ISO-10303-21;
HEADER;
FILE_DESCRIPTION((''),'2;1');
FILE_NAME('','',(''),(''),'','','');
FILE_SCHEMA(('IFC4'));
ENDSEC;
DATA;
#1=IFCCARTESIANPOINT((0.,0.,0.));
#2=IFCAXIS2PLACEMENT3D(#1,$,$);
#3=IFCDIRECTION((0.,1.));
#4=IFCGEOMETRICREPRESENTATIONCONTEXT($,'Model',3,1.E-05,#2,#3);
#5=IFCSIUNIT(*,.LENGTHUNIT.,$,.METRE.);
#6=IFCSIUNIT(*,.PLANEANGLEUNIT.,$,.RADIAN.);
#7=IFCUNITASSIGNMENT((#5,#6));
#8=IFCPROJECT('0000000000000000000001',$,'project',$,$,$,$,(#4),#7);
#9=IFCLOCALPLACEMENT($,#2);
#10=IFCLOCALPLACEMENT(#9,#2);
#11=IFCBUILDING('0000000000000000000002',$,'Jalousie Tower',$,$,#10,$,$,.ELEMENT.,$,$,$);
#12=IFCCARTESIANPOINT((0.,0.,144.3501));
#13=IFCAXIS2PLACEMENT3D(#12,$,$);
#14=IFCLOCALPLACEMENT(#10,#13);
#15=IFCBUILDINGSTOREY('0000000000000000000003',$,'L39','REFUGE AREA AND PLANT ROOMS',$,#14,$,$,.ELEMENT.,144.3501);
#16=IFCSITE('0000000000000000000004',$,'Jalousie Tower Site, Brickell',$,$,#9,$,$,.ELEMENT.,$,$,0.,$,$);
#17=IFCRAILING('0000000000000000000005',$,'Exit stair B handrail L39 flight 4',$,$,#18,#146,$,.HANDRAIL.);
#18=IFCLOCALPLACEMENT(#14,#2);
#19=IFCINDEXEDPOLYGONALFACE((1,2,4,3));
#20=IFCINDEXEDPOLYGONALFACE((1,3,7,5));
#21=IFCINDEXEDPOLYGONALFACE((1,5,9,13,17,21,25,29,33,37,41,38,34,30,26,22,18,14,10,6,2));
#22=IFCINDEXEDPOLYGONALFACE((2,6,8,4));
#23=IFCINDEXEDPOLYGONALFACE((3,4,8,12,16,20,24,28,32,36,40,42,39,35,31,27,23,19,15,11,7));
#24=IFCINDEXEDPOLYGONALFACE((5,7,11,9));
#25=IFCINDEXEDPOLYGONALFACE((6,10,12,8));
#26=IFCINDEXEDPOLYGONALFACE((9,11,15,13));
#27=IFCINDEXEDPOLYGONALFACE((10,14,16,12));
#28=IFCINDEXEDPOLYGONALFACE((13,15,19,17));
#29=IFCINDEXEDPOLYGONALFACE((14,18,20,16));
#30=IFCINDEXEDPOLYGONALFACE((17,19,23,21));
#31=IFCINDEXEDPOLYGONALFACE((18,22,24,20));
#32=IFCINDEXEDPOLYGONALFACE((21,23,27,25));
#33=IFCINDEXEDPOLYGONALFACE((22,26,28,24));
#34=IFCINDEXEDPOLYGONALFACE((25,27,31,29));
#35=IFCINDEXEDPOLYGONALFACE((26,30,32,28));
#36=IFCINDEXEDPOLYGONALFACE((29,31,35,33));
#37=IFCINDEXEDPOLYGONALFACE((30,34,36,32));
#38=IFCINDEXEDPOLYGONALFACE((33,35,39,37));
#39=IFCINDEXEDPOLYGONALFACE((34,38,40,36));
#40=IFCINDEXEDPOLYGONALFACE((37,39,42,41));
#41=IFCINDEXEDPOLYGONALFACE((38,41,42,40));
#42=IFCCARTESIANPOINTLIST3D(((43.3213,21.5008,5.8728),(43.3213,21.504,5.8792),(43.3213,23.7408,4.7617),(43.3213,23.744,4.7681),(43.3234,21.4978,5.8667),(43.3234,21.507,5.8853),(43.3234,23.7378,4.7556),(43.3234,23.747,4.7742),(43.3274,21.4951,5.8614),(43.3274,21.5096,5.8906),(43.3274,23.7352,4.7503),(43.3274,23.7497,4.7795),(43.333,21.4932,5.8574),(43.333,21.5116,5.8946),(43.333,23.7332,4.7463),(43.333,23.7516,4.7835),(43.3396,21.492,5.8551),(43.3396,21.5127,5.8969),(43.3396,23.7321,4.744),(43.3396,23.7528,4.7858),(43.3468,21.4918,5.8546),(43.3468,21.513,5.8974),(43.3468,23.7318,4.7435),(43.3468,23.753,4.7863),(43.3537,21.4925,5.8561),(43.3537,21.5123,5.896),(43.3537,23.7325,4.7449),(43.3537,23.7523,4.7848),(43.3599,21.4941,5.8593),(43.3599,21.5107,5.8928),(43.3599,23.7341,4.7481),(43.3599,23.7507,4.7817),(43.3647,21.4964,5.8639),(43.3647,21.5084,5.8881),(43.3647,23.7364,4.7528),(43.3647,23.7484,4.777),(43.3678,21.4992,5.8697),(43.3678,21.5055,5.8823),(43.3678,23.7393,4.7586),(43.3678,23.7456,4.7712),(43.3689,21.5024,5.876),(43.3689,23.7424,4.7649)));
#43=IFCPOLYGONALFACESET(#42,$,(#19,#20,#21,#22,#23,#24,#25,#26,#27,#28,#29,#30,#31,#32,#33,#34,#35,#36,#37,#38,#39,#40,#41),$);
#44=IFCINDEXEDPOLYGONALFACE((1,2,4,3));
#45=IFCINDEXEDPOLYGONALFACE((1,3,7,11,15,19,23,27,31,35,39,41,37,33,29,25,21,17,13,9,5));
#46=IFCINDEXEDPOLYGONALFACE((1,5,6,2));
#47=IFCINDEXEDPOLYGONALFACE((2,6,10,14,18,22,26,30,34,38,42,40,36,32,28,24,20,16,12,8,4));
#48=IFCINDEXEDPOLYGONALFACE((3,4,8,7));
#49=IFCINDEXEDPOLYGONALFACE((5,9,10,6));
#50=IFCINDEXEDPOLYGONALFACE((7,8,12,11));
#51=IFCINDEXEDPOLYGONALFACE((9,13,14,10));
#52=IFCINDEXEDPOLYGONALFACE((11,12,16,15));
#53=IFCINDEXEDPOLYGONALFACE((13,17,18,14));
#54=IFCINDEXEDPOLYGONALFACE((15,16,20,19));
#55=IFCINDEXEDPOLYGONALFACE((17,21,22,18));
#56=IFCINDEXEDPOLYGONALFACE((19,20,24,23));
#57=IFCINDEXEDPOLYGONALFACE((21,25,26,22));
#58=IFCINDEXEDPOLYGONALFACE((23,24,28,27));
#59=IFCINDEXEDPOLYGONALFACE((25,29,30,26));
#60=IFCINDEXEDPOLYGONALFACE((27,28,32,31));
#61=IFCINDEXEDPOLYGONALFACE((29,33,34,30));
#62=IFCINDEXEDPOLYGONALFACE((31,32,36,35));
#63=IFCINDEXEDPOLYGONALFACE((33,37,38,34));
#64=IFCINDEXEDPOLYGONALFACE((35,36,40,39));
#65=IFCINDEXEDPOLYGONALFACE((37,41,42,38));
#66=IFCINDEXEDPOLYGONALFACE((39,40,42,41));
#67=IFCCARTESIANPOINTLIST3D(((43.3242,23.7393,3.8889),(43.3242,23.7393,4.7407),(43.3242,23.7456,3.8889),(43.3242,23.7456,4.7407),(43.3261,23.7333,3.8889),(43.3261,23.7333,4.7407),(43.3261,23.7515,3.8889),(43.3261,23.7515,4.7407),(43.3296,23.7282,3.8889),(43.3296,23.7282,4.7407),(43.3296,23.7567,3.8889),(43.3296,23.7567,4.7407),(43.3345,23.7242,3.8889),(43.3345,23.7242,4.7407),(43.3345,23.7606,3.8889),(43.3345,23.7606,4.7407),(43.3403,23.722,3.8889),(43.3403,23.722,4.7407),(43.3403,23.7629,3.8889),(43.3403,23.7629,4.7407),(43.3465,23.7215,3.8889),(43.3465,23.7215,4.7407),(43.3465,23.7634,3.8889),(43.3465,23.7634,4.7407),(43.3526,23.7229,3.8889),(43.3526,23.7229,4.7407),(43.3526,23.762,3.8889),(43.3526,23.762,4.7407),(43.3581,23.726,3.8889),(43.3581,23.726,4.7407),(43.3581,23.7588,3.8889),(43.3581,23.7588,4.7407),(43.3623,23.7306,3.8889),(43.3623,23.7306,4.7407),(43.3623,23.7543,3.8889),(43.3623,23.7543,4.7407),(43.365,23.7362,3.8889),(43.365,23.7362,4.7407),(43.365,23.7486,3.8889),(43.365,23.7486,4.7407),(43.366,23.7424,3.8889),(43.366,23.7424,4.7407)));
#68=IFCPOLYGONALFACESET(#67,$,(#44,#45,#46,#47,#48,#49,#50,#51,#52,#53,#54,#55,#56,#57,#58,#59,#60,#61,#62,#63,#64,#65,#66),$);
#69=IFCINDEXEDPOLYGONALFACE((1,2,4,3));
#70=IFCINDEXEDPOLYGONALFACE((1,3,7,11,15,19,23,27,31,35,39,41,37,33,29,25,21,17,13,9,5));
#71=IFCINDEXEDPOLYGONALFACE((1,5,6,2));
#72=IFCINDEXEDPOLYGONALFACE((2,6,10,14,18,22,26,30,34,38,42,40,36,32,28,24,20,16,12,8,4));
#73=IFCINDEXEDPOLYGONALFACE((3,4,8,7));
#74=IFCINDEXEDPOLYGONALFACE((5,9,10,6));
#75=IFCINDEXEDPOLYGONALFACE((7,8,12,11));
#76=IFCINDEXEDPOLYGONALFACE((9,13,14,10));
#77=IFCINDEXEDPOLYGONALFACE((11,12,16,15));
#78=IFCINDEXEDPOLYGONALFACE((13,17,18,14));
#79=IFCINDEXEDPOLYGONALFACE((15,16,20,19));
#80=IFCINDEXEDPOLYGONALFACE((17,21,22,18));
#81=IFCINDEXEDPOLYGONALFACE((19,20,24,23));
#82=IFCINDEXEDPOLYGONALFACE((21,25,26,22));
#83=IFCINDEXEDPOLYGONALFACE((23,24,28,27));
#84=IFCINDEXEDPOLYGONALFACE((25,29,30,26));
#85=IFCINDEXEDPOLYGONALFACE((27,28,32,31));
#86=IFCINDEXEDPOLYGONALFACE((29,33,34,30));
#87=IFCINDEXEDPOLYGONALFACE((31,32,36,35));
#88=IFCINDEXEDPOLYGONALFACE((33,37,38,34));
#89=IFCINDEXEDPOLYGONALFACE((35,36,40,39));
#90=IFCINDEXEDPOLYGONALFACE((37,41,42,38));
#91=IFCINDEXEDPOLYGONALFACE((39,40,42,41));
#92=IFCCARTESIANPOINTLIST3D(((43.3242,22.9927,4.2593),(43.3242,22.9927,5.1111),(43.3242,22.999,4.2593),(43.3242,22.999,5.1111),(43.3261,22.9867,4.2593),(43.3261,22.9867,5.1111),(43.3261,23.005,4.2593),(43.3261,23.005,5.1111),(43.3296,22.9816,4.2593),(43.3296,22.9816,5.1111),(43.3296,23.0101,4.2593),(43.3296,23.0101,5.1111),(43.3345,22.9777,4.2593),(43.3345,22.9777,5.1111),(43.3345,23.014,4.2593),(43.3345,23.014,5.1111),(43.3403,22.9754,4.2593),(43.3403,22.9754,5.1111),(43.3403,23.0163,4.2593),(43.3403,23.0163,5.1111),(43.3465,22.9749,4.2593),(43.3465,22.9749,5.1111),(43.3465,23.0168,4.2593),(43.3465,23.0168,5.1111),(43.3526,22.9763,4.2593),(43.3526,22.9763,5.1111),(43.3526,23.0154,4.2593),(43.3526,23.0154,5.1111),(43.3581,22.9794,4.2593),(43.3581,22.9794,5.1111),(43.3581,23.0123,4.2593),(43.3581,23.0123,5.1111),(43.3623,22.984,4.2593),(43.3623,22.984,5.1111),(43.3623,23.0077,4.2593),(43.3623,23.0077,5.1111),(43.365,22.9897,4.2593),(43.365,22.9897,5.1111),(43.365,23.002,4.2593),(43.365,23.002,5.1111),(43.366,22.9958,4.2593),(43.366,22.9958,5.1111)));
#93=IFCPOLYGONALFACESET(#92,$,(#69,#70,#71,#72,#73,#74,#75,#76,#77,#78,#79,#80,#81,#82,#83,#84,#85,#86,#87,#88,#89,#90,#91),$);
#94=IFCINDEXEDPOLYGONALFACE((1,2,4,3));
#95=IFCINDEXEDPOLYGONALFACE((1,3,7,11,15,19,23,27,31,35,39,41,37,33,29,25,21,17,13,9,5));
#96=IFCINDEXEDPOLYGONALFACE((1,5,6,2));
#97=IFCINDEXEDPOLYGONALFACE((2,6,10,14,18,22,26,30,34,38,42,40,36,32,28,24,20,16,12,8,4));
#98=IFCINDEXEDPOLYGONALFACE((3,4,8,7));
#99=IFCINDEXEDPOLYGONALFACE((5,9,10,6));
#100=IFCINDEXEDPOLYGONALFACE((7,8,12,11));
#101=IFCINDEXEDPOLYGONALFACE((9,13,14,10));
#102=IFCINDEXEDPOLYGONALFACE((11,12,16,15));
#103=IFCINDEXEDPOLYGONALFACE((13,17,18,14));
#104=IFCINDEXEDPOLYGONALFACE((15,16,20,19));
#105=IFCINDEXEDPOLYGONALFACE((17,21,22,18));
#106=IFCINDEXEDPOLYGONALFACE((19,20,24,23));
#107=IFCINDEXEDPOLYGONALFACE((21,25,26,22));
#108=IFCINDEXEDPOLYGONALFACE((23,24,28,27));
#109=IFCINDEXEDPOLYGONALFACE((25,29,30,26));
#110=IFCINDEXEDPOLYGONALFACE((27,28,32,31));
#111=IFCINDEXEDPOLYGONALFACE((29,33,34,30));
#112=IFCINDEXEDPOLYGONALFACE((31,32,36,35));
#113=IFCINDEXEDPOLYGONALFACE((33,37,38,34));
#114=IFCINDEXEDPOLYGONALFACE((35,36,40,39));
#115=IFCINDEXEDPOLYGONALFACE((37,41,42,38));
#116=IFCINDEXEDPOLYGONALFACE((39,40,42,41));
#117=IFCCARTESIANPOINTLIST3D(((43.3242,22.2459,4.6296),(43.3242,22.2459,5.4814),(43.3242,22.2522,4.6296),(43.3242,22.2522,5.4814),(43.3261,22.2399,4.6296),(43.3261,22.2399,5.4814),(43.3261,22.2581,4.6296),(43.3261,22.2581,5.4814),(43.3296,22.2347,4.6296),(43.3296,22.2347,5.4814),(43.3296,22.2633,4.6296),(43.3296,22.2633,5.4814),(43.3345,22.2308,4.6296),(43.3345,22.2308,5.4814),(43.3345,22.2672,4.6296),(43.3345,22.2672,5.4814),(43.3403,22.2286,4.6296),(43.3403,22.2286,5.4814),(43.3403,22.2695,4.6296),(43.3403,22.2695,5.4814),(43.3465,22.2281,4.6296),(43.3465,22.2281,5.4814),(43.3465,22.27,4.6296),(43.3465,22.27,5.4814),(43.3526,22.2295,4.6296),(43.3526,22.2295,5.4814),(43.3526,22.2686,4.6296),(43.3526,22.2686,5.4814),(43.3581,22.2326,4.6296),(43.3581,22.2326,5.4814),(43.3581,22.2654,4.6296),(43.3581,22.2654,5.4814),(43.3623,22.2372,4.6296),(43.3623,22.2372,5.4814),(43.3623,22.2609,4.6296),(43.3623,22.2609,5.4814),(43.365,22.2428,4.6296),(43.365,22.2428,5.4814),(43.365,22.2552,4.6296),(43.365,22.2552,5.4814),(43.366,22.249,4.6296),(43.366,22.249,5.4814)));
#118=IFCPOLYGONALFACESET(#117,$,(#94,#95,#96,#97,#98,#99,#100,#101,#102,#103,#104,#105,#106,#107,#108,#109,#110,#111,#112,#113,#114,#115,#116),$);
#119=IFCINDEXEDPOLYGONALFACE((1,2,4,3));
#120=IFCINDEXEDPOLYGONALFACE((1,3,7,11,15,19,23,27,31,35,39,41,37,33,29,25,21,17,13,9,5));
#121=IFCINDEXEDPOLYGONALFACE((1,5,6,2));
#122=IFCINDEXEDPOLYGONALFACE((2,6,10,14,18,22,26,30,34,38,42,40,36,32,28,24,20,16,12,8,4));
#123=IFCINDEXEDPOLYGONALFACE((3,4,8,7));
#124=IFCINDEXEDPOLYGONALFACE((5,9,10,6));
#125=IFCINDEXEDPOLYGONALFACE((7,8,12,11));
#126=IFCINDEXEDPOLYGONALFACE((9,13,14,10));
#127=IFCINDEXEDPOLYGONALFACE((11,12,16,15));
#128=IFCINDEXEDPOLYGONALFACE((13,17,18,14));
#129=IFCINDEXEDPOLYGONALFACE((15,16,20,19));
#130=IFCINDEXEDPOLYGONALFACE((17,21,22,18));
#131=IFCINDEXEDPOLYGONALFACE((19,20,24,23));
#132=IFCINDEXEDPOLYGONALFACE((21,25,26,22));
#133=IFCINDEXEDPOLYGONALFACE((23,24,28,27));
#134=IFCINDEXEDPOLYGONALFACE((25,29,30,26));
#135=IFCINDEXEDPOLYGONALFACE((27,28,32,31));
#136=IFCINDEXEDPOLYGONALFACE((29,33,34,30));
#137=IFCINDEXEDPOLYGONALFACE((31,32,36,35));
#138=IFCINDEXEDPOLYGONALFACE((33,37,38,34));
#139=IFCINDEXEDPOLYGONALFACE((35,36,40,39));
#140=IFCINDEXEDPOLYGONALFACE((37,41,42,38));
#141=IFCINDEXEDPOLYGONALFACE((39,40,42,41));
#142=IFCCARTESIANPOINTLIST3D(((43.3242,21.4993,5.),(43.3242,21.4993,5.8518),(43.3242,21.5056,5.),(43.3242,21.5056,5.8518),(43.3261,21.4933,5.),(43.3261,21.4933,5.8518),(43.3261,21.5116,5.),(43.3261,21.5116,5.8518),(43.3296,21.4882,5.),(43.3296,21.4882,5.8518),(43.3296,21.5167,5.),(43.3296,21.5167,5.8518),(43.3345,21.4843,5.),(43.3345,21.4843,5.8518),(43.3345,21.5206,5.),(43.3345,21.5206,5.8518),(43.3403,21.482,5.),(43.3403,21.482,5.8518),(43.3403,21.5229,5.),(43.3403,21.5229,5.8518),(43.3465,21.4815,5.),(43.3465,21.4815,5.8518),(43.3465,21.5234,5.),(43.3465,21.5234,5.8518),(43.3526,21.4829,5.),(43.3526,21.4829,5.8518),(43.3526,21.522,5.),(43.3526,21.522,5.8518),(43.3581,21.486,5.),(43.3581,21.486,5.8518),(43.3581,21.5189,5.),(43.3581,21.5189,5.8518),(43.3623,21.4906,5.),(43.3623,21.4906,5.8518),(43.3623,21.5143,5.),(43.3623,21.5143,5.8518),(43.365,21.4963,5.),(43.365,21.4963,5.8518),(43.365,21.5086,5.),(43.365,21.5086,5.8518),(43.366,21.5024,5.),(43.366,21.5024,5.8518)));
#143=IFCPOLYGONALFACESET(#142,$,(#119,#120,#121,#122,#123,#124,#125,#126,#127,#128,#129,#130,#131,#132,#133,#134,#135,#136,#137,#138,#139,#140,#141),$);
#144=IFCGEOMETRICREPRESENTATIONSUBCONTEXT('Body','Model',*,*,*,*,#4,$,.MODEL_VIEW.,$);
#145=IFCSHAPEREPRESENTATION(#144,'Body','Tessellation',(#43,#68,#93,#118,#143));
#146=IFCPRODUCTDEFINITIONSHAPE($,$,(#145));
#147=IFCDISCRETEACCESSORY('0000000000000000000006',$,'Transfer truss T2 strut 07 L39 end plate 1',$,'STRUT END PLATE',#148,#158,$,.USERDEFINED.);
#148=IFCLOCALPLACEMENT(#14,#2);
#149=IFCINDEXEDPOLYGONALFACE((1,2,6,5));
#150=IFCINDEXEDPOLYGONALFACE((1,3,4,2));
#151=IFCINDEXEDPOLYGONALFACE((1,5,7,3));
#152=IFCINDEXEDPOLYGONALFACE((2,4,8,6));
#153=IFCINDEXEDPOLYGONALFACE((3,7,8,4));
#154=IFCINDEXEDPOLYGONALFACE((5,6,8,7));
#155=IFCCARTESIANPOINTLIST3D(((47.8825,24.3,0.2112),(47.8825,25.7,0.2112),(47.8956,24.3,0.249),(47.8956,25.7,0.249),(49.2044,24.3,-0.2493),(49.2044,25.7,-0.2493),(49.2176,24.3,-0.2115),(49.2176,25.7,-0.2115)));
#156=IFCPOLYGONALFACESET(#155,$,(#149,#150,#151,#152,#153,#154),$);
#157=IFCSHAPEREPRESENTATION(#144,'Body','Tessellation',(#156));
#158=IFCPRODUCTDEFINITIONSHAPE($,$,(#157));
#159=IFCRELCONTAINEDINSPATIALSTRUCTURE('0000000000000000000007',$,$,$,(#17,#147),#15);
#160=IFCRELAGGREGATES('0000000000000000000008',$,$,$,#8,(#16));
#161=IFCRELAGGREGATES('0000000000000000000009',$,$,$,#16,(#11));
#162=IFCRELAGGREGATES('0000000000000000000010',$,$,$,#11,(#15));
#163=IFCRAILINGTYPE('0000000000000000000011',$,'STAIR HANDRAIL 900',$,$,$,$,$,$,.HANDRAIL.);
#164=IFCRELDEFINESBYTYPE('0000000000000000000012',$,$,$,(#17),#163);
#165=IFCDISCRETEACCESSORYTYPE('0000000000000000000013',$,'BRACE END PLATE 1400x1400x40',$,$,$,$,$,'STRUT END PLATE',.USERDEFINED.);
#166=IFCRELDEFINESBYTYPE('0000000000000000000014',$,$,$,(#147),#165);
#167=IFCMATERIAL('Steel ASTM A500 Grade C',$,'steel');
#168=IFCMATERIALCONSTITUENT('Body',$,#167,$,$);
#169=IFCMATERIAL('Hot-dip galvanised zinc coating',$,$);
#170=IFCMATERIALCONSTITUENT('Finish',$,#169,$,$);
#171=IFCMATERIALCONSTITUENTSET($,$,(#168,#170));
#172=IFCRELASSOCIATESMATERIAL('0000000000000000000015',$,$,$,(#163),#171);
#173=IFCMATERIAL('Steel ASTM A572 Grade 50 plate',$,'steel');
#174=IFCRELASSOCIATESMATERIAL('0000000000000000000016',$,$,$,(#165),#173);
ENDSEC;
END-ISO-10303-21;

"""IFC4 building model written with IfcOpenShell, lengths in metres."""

from ifc_helpers import new_model, si_unit, direction, frame, origin, origin_2d, place, context, subcontext, project, spatial, rectangle, circle, extrude, material, constituent, constituent_set, material_profile, profile_set, type_object, element, save


model = new_model("IFC4")

# Units and contexts
model_context = context("Model", 3, precision=1e-05, world=origin(), true_north=direction((0.0, 1.0)))
body_context = subcontext(model_context, "Body", "Model", "MODEL_VIEW")
ifc_project = project(units=[si_unit("LENGTHUNIT", "METRE"), si_unit("PLANEANGLEUNIT", "RADIAN")], contexts=[model_context])

# Site, building, storey
site_placement = place(None, origin())
site = spatial("IfcSite", under=ifc_project, at=site_placement, Name="Jalousie Tower Site, Brickell", CompositionType="ELEMENT", RefElevation=0.0)
building_placement = place(site_placement, origin())
building = spatial("IfcBuilding", under=site, at=building_placement, Name="Jalousie Tower", CompositionType="ELEMENT")
storey_placement = place(building_placement, frame((0.0, 0.0, 144.3501)))
storey = spatial("IfcBuildingStorey", under=building, at=storey_placement, Name="L39", Description="REFUGE AREA AND PLANT ROOMS", CompositionType="ELEMENT", Elevation=144.3501)

# Railing
ifc_material_1 = material(Name="Steel ASTM A500 Grade C", Category="steel")
ifc_constituent_1 = constituent(ifc_material_1, Name="Body")
ifc_material_2 = material(Name="Hot-dip galvanised zinc coating")
ifc_constituent_2 = constituent(ifc_material_2, Name="Finish")
ifc_constituent_set_1 = constituent_set(constituents=[ifc_constituent_1, ifc_constituent_2])
railing_type_1 = type_object("IfcRailingType", Name="STAIR HANDRAIL 900", PredefinedType="HANDRAIL", material=ifc_constituent_set_1)
for number, where, name in (
    (1, (43.345, 23.7424, 3.8889), "Exit stair B handrail L39 flight 4"),
):
    element("IfcRailing", number, at=place(storey_placement, frame(where)), inside=storey, type_object=railing_type_1, Name=name, PredefinedType="HANDRAIL", context=body_context, shape_type="SweptSolid", body=[
        extrude(circle(Radius=0.0239, at=origin_2d()), frame((0.0, 0.0, 0.876), z_axis=(0.0, -0.895848, 0.44436), x_axis=(1.0, 0.0, 0.0)), (0.0, 0.0, 1.0), 2.5005),
        extrude(circle(Radius=0.021, at=origin_2d()), origin(), (0.0, 0.0, 1.0), 0.8518),
        extrude(circle(Radius=0.021, at=origin_2d()), frame((0.0, -0.7466, 0.3704)), (0.0, 0.0, 1.0), 0.8518),
        extrude(circle(Radius=0.021, at=origin_2d()), frame((0.0, -1.4934, 0.7407)), (0.0, 0.0, 1.0), 0.8518),
        extrude(circle(Radius=0.021, at=origin_2d()), frame((0.0, -2.24, 1.1111)), (0.0, 0.0, 1.0), 0.8518),
    ])

# Discrete accessory
ifc_material_3 = material(Name="Steel ASTM A572 Grade 50 plate", Category="steel")
ifc_material_profile_1 = material_profile(ifc_material_3, rectangle(XDim=1.3999, YDim=1.3999, at=origin_2d()), Name="BRACE END PLATE 1400x1400x40")
ifc_profile_set_1 = profile_set([ifc_material_profile_1], Name="Steel ASTM A572 Grade 50 plate")
discrete_accessory_type = type_object("IfcDiscreteAccessoryType", Name="BRACE END PLATE 1400x1400x40", ElementType="STRUT END PLATE", PredefinedType="USERDEFINED", material=ifc_profile_set_1)
discrete_accessory_placement = place(storey_placement, frame((48.5435, 25.0, -0.019), z_axis=(0.328993, 0.0, 0.944332), x_axis=(0.0, 1.0, 0.0)))
element("IfcDiscreteAccessory", 2, at=discrete_accessory_placement, inside=storey, type_object=discrete_accessory_type, Name="Transfer truss T2 strut 07 L39 end plate 1", ObjectType="STRUT END PLATE", PredefinedType="USERDEFINED", context=body_context, shape_type="SweptSolid", body=[
    extrude(rectangle(XDim=1.3999, YDim=1.3999, at=origin_2d()), origin(), (0.0, 0.0, 1.0), 0.04),
])

save(model, "model.ifc")
